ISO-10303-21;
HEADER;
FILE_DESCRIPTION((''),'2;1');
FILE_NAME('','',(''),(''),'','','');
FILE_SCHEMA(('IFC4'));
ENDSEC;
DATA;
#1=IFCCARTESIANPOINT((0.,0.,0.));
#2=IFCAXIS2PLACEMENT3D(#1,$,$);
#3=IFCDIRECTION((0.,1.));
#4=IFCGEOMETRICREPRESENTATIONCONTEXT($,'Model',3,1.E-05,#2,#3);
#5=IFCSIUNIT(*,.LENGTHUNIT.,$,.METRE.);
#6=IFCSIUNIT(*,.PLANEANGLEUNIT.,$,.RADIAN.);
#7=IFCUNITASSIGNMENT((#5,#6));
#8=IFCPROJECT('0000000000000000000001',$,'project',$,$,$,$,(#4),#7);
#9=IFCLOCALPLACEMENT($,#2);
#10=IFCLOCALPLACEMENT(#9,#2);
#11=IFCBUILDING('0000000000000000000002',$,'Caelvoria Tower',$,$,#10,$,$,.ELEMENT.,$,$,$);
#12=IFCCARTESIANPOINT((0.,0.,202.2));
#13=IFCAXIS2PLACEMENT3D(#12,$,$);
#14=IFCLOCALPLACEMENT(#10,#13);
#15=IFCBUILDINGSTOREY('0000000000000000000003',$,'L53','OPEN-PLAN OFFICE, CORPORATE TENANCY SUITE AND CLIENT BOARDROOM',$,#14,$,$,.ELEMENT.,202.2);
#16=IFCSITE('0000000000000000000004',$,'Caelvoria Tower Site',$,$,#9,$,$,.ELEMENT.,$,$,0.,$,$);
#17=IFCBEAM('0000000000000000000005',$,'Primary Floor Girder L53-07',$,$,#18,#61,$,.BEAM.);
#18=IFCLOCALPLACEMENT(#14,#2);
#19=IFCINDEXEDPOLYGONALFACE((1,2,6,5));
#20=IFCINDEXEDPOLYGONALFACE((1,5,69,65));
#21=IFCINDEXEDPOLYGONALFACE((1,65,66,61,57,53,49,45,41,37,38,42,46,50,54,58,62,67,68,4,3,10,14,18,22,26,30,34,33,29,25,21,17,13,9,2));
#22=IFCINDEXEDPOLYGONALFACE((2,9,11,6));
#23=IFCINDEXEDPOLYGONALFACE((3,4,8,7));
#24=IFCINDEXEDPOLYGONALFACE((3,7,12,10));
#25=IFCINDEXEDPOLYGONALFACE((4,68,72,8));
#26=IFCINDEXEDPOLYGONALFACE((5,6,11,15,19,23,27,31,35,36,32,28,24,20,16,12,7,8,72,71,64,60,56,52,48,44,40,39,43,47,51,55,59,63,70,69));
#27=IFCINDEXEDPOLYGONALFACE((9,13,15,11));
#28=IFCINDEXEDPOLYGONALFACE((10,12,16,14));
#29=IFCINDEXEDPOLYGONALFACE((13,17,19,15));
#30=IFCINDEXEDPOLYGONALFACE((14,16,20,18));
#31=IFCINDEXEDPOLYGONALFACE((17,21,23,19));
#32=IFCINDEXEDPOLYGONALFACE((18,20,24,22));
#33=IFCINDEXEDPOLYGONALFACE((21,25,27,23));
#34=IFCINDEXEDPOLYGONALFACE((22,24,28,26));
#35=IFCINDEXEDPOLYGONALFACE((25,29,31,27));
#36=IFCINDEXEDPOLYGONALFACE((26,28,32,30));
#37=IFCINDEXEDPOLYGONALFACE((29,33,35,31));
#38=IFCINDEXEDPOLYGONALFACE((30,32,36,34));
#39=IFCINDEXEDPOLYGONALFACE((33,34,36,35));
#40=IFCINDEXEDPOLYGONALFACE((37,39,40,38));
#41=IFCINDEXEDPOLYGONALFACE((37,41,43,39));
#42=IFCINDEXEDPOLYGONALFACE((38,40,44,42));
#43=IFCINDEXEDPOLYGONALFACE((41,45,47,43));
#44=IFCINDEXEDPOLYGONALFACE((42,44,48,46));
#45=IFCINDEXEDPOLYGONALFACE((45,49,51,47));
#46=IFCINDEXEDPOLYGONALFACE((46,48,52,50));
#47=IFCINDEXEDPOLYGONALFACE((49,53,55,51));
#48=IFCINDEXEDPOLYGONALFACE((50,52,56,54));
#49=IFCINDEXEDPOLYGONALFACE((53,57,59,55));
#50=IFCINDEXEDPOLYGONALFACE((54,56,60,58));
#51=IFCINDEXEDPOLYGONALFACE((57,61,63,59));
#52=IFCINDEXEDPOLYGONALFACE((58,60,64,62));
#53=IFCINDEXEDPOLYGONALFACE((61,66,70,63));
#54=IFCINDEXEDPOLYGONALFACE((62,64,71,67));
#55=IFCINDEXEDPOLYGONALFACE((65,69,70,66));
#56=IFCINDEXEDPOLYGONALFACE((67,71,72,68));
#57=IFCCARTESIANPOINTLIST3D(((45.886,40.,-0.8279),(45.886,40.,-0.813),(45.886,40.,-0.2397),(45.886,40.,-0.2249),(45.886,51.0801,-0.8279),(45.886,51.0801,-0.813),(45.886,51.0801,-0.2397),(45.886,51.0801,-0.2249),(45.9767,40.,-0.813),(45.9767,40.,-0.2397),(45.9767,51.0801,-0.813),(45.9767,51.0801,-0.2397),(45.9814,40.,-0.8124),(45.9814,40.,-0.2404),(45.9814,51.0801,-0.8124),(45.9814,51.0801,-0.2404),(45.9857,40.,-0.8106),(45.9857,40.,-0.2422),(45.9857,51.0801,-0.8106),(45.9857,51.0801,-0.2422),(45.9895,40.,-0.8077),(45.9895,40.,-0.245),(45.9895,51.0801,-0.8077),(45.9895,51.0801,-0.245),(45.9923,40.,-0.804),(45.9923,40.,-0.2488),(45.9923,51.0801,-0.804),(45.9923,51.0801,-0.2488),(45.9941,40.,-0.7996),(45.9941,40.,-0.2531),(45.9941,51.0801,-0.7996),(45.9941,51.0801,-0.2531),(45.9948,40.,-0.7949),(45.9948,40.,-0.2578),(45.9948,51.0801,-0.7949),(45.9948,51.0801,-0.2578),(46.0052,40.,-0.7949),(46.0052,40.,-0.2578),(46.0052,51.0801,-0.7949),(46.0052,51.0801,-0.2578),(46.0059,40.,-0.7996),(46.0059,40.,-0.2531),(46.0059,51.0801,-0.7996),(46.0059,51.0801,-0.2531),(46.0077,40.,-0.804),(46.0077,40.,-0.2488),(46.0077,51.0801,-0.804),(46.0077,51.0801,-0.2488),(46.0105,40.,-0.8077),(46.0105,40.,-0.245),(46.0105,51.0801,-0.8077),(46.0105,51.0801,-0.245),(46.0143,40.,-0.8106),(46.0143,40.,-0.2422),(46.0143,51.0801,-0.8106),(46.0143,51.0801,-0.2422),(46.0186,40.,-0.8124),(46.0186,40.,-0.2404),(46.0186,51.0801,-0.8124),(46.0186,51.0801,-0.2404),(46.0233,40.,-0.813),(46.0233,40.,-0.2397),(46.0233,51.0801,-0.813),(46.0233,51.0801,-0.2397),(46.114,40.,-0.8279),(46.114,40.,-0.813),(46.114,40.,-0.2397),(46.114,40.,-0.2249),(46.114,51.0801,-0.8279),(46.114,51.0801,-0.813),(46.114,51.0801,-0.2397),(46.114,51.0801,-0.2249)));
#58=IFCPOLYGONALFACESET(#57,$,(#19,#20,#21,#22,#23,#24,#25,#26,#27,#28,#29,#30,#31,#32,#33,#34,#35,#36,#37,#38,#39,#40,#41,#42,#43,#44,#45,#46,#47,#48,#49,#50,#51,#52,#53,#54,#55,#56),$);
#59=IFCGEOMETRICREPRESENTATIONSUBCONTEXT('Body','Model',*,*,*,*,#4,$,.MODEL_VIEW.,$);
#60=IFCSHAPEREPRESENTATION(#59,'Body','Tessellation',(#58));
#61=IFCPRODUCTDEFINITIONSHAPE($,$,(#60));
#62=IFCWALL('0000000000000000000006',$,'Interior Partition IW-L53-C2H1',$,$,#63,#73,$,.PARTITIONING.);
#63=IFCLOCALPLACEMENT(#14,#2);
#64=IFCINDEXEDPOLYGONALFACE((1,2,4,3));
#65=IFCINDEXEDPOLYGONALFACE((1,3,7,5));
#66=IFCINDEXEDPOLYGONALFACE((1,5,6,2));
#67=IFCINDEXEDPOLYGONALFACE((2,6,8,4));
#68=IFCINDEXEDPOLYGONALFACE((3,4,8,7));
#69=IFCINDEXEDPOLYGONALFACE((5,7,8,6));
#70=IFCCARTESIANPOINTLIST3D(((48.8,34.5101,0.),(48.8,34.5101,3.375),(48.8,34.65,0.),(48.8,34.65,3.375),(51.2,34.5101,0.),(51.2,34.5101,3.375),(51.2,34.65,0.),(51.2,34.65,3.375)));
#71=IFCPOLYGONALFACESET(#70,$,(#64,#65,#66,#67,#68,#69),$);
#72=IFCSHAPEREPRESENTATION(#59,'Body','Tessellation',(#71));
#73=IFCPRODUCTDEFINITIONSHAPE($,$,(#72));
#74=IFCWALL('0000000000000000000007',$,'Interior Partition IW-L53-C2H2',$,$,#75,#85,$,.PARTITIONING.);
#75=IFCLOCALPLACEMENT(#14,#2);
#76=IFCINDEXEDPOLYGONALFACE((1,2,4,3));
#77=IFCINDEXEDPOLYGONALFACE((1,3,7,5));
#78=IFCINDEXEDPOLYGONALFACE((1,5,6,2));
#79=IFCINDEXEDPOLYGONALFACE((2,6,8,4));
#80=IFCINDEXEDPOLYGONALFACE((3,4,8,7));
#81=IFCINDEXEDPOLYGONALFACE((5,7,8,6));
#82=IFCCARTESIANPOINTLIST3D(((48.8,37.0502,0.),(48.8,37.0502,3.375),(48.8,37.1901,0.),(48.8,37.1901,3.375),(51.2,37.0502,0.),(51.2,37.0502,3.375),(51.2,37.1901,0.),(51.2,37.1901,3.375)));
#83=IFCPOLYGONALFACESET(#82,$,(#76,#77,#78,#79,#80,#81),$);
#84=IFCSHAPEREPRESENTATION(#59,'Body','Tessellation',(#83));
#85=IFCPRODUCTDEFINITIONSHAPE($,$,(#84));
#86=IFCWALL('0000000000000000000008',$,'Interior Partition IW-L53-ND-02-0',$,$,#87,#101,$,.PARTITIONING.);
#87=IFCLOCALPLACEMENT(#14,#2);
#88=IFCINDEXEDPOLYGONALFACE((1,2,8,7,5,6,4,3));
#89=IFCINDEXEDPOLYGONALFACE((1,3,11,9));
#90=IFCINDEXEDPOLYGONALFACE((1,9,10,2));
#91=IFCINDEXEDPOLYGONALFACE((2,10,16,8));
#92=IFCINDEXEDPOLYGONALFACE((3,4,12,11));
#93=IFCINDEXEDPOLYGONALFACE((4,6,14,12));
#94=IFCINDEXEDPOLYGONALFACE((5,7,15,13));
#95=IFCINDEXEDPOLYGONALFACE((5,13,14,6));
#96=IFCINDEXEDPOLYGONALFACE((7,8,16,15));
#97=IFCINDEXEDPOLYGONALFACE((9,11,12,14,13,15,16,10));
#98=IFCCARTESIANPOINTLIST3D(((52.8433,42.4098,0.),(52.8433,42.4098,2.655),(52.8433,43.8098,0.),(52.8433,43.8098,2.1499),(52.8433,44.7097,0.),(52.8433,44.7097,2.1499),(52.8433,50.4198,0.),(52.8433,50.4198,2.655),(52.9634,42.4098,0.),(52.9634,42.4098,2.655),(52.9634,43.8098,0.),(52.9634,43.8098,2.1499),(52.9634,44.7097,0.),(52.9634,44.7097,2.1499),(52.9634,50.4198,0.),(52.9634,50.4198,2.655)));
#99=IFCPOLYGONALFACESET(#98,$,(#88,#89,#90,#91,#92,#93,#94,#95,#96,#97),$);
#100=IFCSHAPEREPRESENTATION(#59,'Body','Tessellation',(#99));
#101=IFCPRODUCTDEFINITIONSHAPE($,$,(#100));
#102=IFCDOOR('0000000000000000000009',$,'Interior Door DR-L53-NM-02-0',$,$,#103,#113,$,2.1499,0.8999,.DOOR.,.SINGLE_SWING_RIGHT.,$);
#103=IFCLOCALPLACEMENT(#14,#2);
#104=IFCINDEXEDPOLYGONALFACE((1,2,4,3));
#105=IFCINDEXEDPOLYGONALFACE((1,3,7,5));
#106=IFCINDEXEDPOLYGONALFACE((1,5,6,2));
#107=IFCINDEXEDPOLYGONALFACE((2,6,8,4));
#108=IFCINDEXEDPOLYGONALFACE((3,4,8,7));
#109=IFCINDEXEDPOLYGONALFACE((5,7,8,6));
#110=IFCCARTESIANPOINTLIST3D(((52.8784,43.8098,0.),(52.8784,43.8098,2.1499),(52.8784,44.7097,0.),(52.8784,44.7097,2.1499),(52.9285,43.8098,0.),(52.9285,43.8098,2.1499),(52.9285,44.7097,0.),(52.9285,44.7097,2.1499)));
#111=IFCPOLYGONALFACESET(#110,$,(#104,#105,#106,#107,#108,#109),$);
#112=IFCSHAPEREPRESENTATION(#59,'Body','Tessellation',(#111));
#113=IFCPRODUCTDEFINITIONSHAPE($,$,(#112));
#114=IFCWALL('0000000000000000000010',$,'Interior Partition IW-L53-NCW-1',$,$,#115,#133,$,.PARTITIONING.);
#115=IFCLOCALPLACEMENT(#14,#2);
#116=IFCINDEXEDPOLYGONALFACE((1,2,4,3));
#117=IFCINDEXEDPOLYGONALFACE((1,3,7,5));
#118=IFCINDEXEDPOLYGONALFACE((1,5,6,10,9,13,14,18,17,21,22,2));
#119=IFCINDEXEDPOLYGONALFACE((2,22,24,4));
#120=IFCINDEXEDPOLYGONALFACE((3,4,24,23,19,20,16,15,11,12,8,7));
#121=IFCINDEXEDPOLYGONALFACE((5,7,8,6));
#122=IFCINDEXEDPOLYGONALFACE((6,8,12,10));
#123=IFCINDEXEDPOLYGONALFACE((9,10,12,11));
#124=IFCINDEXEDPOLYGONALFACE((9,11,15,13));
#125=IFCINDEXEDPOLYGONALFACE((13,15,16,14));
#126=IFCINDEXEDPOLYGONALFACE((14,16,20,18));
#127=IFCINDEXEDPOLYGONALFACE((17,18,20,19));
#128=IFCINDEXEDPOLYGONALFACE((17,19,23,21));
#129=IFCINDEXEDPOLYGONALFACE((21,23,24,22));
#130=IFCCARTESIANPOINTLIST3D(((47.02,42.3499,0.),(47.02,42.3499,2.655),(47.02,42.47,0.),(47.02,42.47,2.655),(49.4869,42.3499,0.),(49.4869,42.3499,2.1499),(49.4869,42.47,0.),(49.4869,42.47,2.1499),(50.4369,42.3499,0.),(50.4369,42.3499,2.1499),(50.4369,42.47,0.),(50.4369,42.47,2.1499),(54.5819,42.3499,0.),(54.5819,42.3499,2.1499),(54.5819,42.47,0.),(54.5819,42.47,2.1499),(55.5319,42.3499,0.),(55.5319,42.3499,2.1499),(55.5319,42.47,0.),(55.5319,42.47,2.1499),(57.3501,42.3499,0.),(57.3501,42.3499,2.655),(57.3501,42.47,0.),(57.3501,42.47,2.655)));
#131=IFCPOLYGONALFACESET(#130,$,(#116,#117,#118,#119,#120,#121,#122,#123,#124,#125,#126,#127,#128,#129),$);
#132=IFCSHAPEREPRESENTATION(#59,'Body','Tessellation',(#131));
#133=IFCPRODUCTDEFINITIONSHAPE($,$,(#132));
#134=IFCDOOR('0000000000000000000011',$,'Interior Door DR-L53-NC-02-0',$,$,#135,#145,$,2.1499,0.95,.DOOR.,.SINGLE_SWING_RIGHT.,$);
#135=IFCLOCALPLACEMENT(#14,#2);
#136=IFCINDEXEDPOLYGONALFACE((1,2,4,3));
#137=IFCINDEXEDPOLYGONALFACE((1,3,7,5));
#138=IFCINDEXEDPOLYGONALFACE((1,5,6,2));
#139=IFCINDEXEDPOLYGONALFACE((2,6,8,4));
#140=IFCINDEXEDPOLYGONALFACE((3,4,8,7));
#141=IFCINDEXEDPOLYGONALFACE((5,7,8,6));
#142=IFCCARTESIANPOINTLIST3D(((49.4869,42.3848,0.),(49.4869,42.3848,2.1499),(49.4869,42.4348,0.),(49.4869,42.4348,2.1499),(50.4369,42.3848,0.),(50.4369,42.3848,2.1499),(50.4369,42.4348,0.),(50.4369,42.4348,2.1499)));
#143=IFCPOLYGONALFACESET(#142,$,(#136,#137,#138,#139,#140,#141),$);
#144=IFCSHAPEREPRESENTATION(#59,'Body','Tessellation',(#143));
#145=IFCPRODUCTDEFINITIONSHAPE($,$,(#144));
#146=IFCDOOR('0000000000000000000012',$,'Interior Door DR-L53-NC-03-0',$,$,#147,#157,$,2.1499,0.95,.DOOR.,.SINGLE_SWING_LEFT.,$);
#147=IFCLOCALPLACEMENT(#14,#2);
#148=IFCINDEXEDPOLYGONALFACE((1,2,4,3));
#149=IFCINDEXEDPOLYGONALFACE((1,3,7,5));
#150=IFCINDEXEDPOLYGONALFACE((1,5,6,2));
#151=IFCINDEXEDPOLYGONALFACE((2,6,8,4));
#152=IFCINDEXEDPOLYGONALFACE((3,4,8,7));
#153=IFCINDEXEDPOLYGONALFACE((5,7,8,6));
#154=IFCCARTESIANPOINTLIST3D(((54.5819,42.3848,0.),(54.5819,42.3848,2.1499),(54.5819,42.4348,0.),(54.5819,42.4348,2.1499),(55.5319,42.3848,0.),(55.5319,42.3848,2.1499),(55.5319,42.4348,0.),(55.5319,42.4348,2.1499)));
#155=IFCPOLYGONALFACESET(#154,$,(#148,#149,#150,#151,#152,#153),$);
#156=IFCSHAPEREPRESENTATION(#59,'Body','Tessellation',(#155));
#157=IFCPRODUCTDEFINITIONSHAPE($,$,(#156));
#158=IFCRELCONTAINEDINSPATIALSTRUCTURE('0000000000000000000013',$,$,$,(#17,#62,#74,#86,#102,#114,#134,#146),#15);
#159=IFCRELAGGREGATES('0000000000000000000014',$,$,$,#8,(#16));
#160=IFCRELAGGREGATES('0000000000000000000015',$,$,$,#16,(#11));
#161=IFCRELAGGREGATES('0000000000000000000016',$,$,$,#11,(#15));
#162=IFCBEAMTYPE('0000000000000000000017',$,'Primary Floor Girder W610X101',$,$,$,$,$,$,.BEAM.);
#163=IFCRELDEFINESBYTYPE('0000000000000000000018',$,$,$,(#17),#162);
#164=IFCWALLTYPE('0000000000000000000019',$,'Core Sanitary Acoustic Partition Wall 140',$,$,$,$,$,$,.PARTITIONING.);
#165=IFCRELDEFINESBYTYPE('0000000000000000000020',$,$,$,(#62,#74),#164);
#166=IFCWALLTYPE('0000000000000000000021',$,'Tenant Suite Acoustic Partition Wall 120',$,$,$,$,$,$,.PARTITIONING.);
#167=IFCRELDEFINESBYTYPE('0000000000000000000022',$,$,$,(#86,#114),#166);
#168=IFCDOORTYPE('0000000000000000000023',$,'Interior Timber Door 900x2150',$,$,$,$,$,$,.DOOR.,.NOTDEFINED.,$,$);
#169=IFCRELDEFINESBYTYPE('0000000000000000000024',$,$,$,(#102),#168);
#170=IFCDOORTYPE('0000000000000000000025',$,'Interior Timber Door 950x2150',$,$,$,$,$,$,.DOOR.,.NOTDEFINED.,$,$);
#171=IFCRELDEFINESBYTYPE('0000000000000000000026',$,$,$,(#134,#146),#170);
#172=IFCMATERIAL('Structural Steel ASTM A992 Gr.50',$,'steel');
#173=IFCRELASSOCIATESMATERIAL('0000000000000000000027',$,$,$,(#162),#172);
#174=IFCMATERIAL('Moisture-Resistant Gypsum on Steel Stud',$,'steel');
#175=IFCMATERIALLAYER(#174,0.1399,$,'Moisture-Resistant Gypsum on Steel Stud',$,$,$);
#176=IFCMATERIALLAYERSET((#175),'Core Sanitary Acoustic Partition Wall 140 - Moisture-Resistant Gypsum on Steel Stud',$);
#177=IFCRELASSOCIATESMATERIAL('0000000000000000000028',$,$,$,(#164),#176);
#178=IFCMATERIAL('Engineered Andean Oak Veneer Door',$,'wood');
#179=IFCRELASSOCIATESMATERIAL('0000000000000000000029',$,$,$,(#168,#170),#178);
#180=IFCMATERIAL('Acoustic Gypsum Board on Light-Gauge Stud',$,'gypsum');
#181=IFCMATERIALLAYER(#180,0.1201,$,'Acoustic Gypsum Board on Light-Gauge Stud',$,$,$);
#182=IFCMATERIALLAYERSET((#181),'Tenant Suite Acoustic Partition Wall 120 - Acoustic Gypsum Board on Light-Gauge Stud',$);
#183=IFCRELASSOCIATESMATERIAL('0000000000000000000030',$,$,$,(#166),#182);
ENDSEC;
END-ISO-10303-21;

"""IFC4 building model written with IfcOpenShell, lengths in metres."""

from ifc_helpers import new_model, si_unit, direction, frame, frame_2d, origin, origin_2d, place, context, subcontext, project, spatial, rectangle, i_section, extrude, material, layer, layer_set, material_profile, profile_set, type_object, element, fill, save


model = new_model("IFC4")

# Units and contexts
model_context = context("Model", 3, precision=1e-05, world=origin(), true_north=direction((0.0, 1.0)))
body_context = subcontext(model_context, "Body", "Model", "MODEL_VIEW")
ifc_project = project(units=[si_unit("LENGTHUNIT", "METRE"), si_unit("PLANEANGLEUNIT", "RADIAN")], contexts=[model_context])

# Site, building, storey
site_placement = place(None, origin())
site = spatial("IfcSite", under=ifc_project, at=site_placement, Name="Caelvoria Tower Site", CompositionType="ELEMENT", RefElevation=0.0)
building_placement = place(site_placement, origin())
building = spatial("IfcBuilding", under=site, at=building_placement, Name="Caelvoria Tower", CompositionType="ELEMENT")
storey_placement = place(building_placement, frame((0.0, 0.0, 202.2)))
storey = spatial("IfcBuildingStorey", under=building, at=storey_placement, Name="L53", Description="OPEN-PLAN OFFICE, CORPORATE TENANCY SUITE AND CLIENT BOARDROOM", CompositionType="ELEMENT", Elevation=202.2)

# Beam
ifc_material_1 = material(Name="Structural Steel ASTM A992 Gr.50", Category="steel")
ifc_material_profile_1 = material_profile(ifc_material_1, i_section(OverallWidth=0.228, OverallDepth=0.603, WebThickness=0.0105, FlangeThickness=0.0149, FilletRadius=0.0181, at=origin_2d()), Name="Structural Steel ASTM A992 Gr.50")
ifc_profile_set_1 = profile_set([ifc_material_profile_1], Name="W610X101 - Structural Steel ASTM A992 Gr.50")
beam_type_1 = type_object("IfcBeamType", Name="Primary Floor Girder W610X101", PredefinedType="BEAM", material=ifc_profile_set_1)
beam_1_placement = place(storey_placement, frame((46.0, 40.0, -0.5264), z_axis=(0.0, 1.0, 0.0), x_axis=(-1.0, 0.0, 0.0)))
element("IfcBeam", 1, at=beam_1_placement, inside=storey, type_object=beam_type_1, Name="Primary Floor Girder L53-07", PredefinedType="BEAM", context=body_context, shape_type="SweptSolid", body=[
    extrude(i_section(OverallWidth=0.228, OverallDepth=0.603, WebThickness=0.0105, FlangeThickness=0.0149, FilletRadius=0.0181, at=origin_2d()), origin(), (0.0, 0.0, 1.0), 11.0801),
])

# Shared definitions
ifc_material_2 = material(Name="Moisture-Resistant Gypsum on Steel Stud", Category="steel")
ifc_layer_1 = layer(ifc_material_2, 0.1399, Name="Moisture-Resistant Gypsum on Steel Stud")
ifc_layer_set_1 = layer_set([ifc_layer_1], Name="Core Sanitary Acoustic Partition Wall 140 - Moisture-Resistant Gypsum on Steel Stud")
wall_type_1 = type_object("IfcWallType", Name="Core Sanitary Acoustic Partition Wall 140", PredefinedType="PARTITIONING", material=ifc_layer_set_1)
ifc_material_3 = material(Name="Engineered Andean Oak Veneer Door", Category="wood")
door_type_1 = type_object("IfcDoorType", Name="Interior Timber Door 900x2150", OperationType="NOTDEFINED", PredefinedType="DOOR", material=ifc_material_3)

# Walls
for number, where, z_axis, x_axis, name in (
    (2, (48.8, 34.5801, 0.0), (0.0, 0.0, 1.0), (1.0, 0.0, 0.0), "Interior Partition IW-L53-C2H1"),
    (3, (48.8, 37.1201, 0.0), (0.0, 0.0, 1.0), (1.0, 0.0, 0.0), "Interior Partition IW-L53-C2H2"),
):
    element("IfcWall", number, at=place(storey_placement, frame(where, z_axis=z_axis, x_axis=x_axis)), inside=storey, type_object=wall_type_1, Name=name, PredefinedType="PARTITIONING", context=body_context, shape_type="SweptSolid", body=[
        extrude(rectangle(XDim=2.3999, YDim=0.1399, at=frame_2d((1.2, 0.0))), origin(), (0.0, 0.0, 1.0), 3.375),
    ])

# Wall, opening, door
ifc_material_4 = material(Name="Acoustic Gypsum Board on Light-Gauge Stud", Category="gypsum")
ifc_layer_2 = layer(ifc_material_4, 0.1201, Name="Acoustic Gypsum Board on Light-Gauge Stud")
ifc_layer_set_2 = layer_set([ifc_layer_2], Name="Tenant Suite Acoustic Partition Wall 120 - Acoustic Gypsum Board on Light-Gauge Stud")
wall_type_2 = type_object("IfcWallType", Name="Tenant Suite Acoustic Partition Wall 120", PredefinedType="PARTITIONING", material=ifc_layer_set_2)
wall_1_placement = place(storey_placement, frame((52.9033, 42.4099, 0.0), z_axis=(0.0, 0.0, 1.0), x_axis=(0.0, 1.0, 0.0)))
wall_1 = element("IfcWall", 4, at=wall_1_placement, inside=storey, type_object=wall_type_2, Name="Interior Partition IW-L53-ND-02-0", PredefinedType="PARTITIONING", context=body_context, shape_type="SweptSolid", body=[
    extrude(rectangle(XDim=8.01, YDim=0.1201, at=frame_2d((4.0049, 0.0))), origin(), (0.0, 0.0, 1.0), 2.655),
])
opening_1_placement = place(wall_1_placement, frame((1.3999, 0.0, 0.0)))
opening_1 = element("IfcOpeningElement", 5, at=opening_1_placement, cuts=wall_1, PredefinedType="OPENING", context=body_context, shape_type="SweptSolid", body=[
    extrude(rectangle(XDim=0.8999, YDim=2.1499, at=frame_2d((0.45, 1.075))), frame((0.0, 0.0701, 0.0), z_axis=(0.0, -1.0, 0.0), x_axis=(1.0, 0.0, 0.0)), (0.0, 0.0, 1.0), 0.1401),
])
door_1_placement = place(opening_1_placement, origin())
door_1 = element("IfcDoor", 6, at=door_1_placement, inside=storey, type_object=door_type_1, Name="Interior Door DR-L53-NM-02-0", OperationType="SINGLE_SWING_RIGHT", OverallHeight=2.1499, OverallWidth=0.8999, PredefinedType="DOOR", context=body_context, shape_type="SweptSolid", body=[
    extrude(rectangle(XDim=0.8999, YDim=2.1499, at=frame_2d((0.45, 1.075))), frame((0.0, 0.0249, 0.0), z_axis=(0.0, -1.0, 0.0), x_axis=(1.0, 0.0, 0.0)), (0.0, 0.0, 1.0), 0.05),
])
fill(opening_1, door_1)

# Wall, openings, doors
wall_2_placement = place(storey_placement, frame((47.02, 42.4099, 0.0), z_axis=(0.0, 0.0, 1.0), x_axis=(1.0, 0.0, 0.0)))
wall_2 = element("IfcWall", 7, at=wall_2_placement, inside=storey, type_object=wall_type_2, Name="Interior Partition IW-L53-NCW-1", PredefinedType="PARTITIONING", context=body_context, shape_type="SweptSolid", body=[
    extrude(rectangle(XDim=10.3301, YDim=0.1201, at=frame_2d((5.165, 0.0))), origin(), (0.0, 0.0, 1.0), 2.655),
])
opening_2_placement = place(wall_2_placement, frame((2.4668, 0.0, 0.0)))
opening_2 = element("IfcOpeningElement", 8, at=opening_2_placement, cuts=wall_2, PredefinedType="OPENING", context=body_context, shape_type="SweptSolid", body=[
    extrude(rectangle(XDim=0.95, YDim=2.1499, at=frame_2d((0.4751, 1.075))), frame((0.0, 0.0701, 0.0), z_axis=(0.0, -1.0, 0.0), x_axis=(1.0, 0.0, 0.0)), (0.0, 0.0, 1.0), 0.1401),
])
opening_3_placement = place(wall_2_placement, frame((7.5618, 0.0, 0.0)))
opening_3 = element("IfcOpeningElement", 9, at=opening_3_placement, cuts=wall_2, PredefinedType="OPENING", context=body_context, shape_type="SweptSolid", body=[
    extrude(rectangle(XDim=0.95, YDim=2.1499, at=frame_2d((0.4751, 1.075))), frame((0.0, 0.0701, 0.0), z_axis=(0.0, -1.0, 0.0), x_axis=(1.0, 0.0, 0.0)), (0.0, 0.0, 1.0), 0.1401),
])
door_type_2 = type_object("IfcDoorType", Name="Interior Timber Door 950x2150", OperationType="NOTDEFINED", PredefinedType="DOOR", material=ifc_material_3)
door_2_placement = place(opening_2_placement, origin())
door_2 = element("IfcDoor", 10, at=door_2_placement, inside=storey, type_object=door_type_2, Name="Interior Door DR-L53-NC-02-0", OperationType="SINGLE_SWING_RIGHT", OverallHeight=2.1499, OverallWidth=0.95, PredefinedType="DOOR", context=body_context, shape_type="SweptSolid", body=[
    extrude(rectangle(XDim=0.95, YDim=2.1499, at=frame_2d((0.4751, 1.075))), frame((0.0, 0.0249, 0.0), z_axis=(0.0, -1.0, 0.0), x_axis=(1.0, 0.0, 0.0)), (0.0, 0.0, 1.0), 0.05),
])
fill(opening_2, door_2)
door_3_placement = place(opening_3_placement, origin())
door_3 = element("IfcDoor", 11, at=door_3_placement, inside=storey, type_object=door_type_2, Name="Interior Door DR-L53-NC-03-0", OperationType="SINGLE_SWING_LEFT", OverallHeight=2.1499, OverallWidth=0.95, PredefinedType="DOOR", context=body_context, shape_type="SweptSolid", body=[
    extrude(rectangle(XDim=0.95, YDim=2.1499, at=frame_2d((0.4751, 1.075))), frame((0.0, 0.0249, 0.0), z_axis=(0.0, -1.0, 0.0), x_axis=(1.0, 0.0, 0.0)), (0.0, 0.0, 1.0), 0.05),
])
fill(opening_3, door_3)

save(model, "model.ifc")
